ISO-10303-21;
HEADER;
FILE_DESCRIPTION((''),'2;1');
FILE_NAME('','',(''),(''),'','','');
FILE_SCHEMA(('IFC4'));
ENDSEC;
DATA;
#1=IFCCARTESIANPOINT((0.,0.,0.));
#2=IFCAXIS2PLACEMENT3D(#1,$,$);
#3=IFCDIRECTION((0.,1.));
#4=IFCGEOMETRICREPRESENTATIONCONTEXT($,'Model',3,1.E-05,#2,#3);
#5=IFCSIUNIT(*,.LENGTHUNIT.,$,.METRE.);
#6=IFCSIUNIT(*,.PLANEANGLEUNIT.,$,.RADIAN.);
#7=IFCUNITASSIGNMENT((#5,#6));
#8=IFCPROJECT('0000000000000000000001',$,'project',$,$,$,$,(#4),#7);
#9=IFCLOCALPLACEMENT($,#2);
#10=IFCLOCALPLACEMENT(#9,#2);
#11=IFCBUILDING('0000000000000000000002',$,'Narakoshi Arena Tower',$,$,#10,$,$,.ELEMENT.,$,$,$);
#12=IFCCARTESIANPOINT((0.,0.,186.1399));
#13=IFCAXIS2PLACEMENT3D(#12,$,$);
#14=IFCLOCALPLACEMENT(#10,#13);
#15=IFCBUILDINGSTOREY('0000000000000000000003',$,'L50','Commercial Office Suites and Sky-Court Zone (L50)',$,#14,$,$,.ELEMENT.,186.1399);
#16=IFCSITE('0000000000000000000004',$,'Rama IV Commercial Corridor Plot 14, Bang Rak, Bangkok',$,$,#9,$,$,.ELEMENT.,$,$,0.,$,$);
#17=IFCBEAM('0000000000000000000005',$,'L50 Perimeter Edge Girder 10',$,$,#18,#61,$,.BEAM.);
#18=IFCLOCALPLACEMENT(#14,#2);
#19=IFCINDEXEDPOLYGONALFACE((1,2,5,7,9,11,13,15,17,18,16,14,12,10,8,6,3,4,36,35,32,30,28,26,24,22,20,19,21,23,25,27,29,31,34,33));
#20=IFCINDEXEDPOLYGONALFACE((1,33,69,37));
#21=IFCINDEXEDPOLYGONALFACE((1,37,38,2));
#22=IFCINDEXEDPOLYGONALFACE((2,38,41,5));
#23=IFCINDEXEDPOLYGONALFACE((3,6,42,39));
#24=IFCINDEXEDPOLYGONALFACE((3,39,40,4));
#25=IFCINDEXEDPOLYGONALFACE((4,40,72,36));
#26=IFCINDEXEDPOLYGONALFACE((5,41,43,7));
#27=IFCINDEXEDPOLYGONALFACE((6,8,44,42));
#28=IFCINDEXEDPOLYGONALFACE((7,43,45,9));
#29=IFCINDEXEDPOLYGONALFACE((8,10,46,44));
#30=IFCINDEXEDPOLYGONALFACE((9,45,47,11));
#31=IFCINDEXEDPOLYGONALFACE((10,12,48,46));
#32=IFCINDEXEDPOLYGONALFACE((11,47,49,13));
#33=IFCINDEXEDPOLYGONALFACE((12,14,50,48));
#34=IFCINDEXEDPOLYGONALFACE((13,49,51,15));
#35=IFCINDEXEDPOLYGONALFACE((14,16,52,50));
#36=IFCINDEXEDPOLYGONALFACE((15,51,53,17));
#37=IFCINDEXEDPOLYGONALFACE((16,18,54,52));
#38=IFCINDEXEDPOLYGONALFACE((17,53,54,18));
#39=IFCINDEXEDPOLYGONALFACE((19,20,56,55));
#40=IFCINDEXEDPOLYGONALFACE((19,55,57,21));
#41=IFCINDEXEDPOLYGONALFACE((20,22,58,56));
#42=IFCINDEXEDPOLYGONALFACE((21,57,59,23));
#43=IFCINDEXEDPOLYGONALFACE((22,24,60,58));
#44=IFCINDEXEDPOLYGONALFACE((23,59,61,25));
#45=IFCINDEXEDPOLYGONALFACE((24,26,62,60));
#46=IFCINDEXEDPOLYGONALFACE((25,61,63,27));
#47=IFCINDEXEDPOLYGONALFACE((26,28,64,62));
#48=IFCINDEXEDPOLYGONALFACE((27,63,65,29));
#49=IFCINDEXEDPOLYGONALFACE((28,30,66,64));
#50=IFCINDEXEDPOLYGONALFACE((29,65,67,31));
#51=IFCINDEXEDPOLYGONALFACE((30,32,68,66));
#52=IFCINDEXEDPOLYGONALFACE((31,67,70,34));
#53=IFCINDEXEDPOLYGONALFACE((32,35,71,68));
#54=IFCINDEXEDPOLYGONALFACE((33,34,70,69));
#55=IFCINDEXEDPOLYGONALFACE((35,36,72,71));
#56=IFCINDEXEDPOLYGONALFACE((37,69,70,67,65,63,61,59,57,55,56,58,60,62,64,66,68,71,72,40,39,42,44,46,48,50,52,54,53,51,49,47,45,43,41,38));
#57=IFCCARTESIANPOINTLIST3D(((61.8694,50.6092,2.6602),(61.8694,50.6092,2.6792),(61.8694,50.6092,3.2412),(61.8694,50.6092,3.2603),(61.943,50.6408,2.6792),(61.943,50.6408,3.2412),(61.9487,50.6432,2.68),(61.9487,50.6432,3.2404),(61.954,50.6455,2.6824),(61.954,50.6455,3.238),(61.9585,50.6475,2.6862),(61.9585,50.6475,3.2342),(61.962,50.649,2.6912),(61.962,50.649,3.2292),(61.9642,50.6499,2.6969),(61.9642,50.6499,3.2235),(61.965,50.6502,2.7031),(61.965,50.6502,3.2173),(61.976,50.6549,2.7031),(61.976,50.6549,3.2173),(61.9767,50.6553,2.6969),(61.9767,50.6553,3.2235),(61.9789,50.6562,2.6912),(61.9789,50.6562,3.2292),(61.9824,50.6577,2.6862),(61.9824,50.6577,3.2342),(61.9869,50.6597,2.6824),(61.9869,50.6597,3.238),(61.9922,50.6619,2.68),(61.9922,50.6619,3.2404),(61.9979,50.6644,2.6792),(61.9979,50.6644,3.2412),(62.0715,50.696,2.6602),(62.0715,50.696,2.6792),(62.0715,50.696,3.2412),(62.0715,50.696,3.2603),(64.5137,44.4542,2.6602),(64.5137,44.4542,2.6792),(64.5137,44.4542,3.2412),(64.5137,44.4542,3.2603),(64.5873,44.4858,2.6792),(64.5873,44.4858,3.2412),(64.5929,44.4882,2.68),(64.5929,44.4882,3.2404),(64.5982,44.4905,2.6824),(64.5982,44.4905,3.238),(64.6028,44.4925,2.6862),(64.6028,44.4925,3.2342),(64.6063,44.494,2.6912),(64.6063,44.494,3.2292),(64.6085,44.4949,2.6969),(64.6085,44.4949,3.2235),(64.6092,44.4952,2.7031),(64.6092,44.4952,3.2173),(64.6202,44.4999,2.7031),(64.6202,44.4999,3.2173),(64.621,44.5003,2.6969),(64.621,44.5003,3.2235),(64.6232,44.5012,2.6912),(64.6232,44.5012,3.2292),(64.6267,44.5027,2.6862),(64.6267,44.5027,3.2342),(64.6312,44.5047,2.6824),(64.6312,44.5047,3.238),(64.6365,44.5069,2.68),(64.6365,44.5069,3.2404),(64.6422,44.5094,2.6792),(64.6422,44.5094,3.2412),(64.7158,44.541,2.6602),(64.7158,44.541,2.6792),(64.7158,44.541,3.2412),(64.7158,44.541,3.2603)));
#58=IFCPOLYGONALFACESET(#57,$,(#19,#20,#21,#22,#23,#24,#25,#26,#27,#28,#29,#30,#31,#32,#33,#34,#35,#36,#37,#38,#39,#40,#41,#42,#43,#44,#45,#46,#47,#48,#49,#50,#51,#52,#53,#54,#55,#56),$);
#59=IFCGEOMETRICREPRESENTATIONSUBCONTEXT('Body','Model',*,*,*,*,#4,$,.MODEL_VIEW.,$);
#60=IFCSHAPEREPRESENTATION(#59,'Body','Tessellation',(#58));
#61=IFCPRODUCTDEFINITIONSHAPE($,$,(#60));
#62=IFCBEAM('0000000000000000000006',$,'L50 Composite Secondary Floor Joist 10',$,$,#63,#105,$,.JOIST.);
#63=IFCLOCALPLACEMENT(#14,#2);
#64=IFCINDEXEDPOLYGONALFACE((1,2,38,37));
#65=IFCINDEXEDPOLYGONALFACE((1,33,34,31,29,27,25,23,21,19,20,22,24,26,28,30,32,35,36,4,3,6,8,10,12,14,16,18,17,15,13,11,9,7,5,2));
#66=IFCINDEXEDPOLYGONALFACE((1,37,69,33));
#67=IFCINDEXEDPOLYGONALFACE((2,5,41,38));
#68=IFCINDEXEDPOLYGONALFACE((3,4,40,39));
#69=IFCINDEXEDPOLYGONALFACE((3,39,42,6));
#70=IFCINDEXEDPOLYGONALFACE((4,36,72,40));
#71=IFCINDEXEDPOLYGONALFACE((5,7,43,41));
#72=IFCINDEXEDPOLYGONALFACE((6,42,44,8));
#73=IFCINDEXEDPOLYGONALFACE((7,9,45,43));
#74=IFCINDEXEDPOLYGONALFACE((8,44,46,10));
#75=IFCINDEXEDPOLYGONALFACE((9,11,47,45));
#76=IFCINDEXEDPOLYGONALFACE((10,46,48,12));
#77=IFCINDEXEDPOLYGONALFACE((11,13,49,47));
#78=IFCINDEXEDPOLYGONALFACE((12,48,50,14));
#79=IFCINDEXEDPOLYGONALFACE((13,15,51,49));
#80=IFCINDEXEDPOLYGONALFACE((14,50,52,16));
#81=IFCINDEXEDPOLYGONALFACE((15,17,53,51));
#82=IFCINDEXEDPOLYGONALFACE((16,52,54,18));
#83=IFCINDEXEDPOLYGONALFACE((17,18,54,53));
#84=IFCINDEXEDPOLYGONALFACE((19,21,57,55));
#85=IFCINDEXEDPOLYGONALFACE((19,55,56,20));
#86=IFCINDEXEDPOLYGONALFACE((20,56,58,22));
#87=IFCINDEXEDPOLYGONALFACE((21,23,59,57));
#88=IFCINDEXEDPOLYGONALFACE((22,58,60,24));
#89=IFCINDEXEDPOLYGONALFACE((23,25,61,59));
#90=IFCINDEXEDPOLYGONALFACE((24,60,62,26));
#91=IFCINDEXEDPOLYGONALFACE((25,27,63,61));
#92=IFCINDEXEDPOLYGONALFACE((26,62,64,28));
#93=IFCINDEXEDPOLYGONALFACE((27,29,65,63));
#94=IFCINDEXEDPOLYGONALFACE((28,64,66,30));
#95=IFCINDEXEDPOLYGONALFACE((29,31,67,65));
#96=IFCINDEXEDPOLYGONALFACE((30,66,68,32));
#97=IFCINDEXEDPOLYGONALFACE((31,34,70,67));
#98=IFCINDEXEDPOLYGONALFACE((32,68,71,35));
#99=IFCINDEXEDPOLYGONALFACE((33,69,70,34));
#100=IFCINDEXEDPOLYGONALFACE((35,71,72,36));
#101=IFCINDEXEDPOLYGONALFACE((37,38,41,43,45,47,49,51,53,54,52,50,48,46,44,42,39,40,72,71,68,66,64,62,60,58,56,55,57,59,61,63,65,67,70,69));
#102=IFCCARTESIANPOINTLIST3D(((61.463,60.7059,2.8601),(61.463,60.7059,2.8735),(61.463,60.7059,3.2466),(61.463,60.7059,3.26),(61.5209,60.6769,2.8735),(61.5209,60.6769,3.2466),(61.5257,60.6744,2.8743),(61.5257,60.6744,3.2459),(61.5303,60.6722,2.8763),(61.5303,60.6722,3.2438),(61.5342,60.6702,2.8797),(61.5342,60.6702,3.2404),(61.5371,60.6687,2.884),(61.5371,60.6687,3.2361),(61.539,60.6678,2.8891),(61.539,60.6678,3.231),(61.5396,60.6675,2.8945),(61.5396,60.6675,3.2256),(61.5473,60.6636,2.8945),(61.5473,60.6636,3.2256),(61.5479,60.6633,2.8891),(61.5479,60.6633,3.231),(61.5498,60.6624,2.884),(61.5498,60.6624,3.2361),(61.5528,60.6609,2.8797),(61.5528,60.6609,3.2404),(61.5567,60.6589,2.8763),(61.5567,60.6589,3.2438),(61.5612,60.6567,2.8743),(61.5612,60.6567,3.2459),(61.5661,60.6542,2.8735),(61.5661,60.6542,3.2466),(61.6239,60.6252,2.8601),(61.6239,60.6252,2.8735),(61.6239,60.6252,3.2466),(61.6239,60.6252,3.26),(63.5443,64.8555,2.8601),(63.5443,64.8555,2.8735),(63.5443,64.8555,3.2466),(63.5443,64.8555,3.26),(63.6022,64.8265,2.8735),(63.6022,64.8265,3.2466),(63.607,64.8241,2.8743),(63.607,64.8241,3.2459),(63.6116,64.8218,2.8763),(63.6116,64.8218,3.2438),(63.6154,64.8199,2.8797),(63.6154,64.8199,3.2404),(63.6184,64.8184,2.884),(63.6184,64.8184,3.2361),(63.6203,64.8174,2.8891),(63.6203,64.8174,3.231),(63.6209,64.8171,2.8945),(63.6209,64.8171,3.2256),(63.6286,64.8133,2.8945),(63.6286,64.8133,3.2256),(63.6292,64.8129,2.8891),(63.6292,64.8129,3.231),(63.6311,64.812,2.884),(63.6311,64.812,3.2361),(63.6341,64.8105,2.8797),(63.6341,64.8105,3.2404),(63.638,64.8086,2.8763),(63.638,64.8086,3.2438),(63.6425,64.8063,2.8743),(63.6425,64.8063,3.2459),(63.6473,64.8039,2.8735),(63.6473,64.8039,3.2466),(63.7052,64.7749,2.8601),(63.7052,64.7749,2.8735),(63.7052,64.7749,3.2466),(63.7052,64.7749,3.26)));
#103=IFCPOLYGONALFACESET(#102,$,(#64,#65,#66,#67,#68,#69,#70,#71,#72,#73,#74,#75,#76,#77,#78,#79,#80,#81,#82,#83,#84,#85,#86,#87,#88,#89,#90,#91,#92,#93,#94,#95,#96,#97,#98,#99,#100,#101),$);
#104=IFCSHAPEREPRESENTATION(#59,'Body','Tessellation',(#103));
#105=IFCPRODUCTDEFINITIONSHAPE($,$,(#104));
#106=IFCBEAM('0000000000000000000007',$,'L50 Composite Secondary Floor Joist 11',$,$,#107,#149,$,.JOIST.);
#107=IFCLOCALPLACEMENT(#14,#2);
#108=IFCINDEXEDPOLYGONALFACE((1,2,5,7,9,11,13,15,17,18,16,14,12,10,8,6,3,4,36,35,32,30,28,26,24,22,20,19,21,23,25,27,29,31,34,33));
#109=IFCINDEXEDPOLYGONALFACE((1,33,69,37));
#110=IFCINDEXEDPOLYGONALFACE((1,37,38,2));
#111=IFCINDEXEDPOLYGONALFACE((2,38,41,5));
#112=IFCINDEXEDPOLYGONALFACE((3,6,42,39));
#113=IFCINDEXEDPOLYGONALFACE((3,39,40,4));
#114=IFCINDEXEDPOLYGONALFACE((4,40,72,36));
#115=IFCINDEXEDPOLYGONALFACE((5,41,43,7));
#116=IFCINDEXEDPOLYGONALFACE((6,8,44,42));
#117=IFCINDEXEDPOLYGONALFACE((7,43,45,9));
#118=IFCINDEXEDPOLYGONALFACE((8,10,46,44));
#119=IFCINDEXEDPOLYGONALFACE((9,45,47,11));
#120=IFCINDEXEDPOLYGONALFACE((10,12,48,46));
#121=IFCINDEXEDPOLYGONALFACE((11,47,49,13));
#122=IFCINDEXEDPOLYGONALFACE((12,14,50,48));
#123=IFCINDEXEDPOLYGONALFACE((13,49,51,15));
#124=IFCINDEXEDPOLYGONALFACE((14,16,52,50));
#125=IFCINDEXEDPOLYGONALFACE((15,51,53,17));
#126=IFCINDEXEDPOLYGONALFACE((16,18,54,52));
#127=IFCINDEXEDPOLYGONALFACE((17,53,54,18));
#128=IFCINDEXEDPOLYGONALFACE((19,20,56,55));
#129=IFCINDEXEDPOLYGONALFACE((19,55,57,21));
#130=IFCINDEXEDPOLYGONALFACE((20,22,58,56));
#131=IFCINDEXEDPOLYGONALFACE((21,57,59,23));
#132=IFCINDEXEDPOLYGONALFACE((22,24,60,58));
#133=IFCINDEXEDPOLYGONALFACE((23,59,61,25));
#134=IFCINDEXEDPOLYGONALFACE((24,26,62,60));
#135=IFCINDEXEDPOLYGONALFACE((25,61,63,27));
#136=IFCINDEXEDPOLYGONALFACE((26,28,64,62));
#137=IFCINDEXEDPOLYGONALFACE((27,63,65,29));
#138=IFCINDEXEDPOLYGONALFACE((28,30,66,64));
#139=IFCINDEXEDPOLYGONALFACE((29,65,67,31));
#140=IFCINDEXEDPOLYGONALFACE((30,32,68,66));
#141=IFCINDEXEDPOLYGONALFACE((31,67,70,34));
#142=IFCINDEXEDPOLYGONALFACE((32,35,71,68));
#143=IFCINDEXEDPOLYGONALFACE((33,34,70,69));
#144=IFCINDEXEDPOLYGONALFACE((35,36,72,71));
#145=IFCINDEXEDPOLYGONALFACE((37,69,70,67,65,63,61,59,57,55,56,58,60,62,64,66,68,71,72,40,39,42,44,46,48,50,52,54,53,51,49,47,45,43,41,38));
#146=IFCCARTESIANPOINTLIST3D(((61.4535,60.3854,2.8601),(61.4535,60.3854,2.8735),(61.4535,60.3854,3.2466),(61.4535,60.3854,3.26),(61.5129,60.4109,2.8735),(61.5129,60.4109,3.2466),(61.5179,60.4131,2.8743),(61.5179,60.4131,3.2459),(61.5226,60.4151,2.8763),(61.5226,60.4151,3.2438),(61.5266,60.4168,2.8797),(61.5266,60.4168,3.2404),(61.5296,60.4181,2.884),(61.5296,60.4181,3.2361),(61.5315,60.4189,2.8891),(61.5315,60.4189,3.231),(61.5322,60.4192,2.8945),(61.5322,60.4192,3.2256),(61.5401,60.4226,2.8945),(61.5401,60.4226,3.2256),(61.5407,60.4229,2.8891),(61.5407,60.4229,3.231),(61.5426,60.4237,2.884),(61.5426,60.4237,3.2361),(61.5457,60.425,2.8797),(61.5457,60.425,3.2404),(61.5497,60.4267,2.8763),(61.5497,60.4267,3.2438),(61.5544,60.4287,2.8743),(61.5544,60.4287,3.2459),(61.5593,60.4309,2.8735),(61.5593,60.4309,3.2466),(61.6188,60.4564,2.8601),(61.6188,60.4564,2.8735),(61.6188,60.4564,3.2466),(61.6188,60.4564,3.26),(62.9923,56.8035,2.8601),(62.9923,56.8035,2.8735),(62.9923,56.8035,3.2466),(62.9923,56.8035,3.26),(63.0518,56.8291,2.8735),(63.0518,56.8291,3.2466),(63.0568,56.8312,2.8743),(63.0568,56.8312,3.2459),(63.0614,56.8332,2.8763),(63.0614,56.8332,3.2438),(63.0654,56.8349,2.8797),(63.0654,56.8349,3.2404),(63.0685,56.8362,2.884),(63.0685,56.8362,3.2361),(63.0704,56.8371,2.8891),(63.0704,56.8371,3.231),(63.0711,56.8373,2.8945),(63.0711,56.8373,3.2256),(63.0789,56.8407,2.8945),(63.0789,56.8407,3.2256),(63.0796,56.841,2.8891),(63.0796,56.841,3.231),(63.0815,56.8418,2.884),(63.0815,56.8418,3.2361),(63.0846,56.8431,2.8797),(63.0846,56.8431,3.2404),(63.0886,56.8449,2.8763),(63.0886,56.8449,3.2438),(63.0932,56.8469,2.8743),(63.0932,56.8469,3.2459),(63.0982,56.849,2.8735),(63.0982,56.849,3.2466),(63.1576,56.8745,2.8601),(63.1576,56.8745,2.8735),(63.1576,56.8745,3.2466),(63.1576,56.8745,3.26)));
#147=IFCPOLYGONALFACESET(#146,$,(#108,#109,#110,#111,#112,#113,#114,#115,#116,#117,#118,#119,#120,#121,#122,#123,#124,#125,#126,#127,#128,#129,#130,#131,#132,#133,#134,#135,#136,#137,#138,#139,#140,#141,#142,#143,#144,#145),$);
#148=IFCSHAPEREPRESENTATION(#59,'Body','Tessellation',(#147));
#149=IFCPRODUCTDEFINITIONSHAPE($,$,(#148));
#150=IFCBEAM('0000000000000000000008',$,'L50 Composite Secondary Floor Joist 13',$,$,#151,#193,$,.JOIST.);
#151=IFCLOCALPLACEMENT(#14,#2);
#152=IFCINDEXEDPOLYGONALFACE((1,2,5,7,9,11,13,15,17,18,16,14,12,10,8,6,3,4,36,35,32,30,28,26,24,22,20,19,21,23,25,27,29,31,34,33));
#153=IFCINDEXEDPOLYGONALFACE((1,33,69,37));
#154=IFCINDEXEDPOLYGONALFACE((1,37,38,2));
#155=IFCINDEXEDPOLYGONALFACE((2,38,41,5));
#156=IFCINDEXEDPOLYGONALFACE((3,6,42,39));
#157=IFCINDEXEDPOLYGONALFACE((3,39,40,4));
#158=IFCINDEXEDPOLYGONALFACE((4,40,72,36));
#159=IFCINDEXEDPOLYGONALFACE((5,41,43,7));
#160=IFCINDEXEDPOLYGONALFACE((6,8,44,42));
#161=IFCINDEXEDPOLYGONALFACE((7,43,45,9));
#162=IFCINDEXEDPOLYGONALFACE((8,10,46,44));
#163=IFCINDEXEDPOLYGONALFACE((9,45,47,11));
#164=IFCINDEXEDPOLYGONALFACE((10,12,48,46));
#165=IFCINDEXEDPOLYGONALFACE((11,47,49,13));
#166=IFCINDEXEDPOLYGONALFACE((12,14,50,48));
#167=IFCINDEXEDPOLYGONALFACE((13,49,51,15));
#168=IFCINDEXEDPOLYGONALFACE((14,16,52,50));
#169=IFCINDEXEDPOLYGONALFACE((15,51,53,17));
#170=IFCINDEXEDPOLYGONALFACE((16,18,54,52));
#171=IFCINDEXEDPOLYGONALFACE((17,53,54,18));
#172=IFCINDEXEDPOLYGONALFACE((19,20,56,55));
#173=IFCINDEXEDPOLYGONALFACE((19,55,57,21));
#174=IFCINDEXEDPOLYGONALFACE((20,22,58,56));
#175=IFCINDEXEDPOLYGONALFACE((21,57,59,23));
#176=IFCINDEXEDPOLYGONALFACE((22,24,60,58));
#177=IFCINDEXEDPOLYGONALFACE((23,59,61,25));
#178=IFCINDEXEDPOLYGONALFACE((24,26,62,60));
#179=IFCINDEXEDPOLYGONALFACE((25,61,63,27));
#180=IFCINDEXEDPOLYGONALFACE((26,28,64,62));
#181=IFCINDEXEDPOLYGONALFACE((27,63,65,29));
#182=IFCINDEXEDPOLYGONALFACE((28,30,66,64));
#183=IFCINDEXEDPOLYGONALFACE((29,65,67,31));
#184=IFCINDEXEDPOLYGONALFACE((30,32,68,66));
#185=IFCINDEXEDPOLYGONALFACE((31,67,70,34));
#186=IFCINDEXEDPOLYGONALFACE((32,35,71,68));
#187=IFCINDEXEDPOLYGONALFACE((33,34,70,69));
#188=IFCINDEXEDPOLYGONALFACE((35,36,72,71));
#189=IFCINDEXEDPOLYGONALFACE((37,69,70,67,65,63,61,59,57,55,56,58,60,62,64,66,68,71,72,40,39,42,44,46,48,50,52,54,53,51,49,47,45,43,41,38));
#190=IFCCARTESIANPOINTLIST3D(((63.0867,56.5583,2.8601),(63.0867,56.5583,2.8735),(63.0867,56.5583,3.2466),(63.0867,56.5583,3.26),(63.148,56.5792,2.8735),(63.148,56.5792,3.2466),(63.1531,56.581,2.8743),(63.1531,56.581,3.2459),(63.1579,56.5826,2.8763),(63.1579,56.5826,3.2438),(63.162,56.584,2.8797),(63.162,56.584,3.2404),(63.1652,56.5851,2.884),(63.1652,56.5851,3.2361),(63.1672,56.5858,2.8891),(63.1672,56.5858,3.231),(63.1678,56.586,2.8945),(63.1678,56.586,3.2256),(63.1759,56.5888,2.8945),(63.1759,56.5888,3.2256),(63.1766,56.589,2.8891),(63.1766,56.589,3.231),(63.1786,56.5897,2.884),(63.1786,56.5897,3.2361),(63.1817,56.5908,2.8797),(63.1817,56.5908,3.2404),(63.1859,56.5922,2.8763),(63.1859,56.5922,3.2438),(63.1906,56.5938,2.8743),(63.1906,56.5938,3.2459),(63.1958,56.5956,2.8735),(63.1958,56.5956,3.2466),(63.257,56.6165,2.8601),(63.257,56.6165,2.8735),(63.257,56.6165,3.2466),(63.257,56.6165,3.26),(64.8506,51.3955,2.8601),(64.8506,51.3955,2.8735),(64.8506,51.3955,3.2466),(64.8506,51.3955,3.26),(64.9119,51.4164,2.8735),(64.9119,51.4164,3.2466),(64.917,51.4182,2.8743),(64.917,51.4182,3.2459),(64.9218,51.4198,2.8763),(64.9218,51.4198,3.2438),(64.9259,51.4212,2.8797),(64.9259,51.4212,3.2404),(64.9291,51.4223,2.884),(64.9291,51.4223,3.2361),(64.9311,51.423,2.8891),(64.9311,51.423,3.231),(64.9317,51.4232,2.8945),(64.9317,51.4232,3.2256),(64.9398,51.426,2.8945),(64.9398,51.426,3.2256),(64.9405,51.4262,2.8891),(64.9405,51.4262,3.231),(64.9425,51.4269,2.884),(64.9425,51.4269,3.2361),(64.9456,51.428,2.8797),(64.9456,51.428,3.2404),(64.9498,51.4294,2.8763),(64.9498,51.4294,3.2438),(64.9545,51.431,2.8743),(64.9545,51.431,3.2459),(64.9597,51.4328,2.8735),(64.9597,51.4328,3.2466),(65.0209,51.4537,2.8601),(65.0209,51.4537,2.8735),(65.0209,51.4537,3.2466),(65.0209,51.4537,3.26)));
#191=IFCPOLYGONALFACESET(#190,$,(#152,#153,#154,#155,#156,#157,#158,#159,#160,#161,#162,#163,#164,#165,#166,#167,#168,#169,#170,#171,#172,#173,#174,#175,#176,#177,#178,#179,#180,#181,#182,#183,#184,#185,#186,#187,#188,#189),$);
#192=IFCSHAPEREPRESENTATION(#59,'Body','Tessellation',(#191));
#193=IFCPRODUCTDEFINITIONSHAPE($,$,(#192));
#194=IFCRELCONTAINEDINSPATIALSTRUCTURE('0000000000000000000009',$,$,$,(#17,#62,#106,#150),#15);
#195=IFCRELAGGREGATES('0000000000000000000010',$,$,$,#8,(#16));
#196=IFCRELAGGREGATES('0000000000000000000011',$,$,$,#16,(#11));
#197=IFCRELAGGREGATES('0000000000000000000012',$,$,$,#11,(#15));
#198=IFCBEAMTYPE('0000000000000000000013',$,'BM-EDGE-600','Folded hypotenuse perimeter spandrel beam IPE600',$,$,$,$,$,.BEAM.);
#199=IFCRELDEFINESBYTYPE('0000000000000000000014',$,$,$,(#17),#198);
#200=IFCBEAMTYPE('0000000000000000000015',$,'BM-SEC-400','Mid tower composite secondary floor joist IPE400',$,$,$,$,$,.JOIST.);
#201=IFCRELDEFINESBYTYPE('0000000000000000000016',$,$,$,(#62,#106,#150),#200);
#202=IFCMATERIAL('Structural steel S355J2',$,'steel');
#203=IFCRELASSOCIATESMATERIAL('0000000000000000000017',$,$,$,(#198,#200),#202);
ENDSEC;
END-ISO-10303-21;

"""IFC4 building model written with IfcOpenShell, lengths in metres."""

from ifc_helpers import new_model, si_unit, direction, frame, origin, origin_2d, place, context, subcontext, project, spatial, i_section, extrude, material, material_profile, profile_set, type_object, element, save


model = new_model("IFC4")

# Units and contexts
model_context = context("Model", 3, precision=1e-05, world=origin(), true_north=direction((0.0, 1.0)))
body_context = subcontext(model_context, "Body", "Model", "MODEL_VIEW")
ifc_project = project(units=[si_unit("LENGTHUNIT", "METRE"), si_unit("PLANEANGLEUNIT", "RADIAN")], contexts=[model_context])

# Site, building, storey
site_placement = place(None, origin())
site = spatial("IfcSite", under=ifc_project, at=site_placement, Name="Rama IV Commercial Corridor Plot 14, Bang Rak, Bangkok", CompositionType="ELEMENT", RefElevation=0.0)
building_placement = place(site_placement, origin())
building = spatial("IfcBuilding", under=site, at=building_placement, Name="Narakoshi Arena Tower", CompositionType="ELEMENT")
storey_placement = place(building_placement, frame((0.0, 0.0, 186.1399)))
storey = spatial("IfcBuildingStorey", under=building, at=storey_placement, Name="L50", Description="Commercial Office Suites and Sky-Court Zone (L50)", CompositionType="ELEMENT", Elevation=186.1399)

# Beams
ifc_material_1 = material(Name="Structural steel S355J2", Category="steel")
ifc_material_profile_1 = material_profile(ifc_material_1, i_section(OverallWidth=0.22, OverallDepth=0.6001, WebThickness=0.012, FlangeThickness=0.019, FilletRadius=0.0239, at=origin_2d()), Name="IPE600")
ifc_profile_set_1 = profile_set([ifc_material_profile_1], Name="Structural steel S355J2")
beam_type_1 = type_object("IfcBeamType", Name="BM-EDGE-600", Description="Folded hypotenuse perimeter spandrel beam IPE600", PredefinedType="BEAM", material=ifc_profile_set_1)
beam_1_placement = place(storey_placement, frame((61.9705, 50.6526, 2.9602), z_axis=(0.394728, -0.918798, 0.0), x_axis=(0.918798, 0.394728, 0.0)))
element("IfcBeam", 1, at=beam_1_placement, inside=storey, type_object=beam_type_1, Name="L50 Perimeter Edge Girder 10", PredefinedType="BEAM", context=body_context, shape_type="SweptSolid", body=[
    extrude(i_section(OverallWidth=0.22, OverallDepth=0.6001, WebThickness=0.012, FlangeThickness=0.019, FilletRadius=0.0239, at=origin_2d()), origin(), (0.0, 0.0, 1.0), 6.699),
])
ifc_material_profile_2 = material_profile(ifc_material_1, i_section(OverallWidth=0.1799, OverallDepth=0.3999, WebThickness=0.0085, FlangeThickness=0.0134, FilletRadius=0.021, at=origin_2d()), Name="IPE400")
ifc_profile_set_2 = profile_set([ifc_material_profile_2], Name="Structural steel S355J2")
beam_type_2 = type_object("IfcBeamType", Name="BM-SEC-400", Description="Mid tower composite secondary floor joist IPE400", PredefinedType="JOIST", material=ifc_profile_set_2)
beam_2_placement = place(storey_placement, frame((63.6248, 64.8152, 3.0601), z_axis=(-0.448328, -0.893869, 0.0), x_axis=(0.893869, -0.448328, 0.0)))
element("IfcBeam", 2, at=beam_2_placement, inside=storey, type_object=beam_type_2, Name="L50 Composite Secondary Floor Joist 10", PredefinedType="JOIST", context=body_context, shape_type="SweptSolid", body=[
    extrude(i_section(OverallWidth=0.1799, OverallDepth=0.3999, WebThickness=0.0085, FlangeThickness=0.0134, FilletRadius=0.021, at=origin_2d()), origin(), (0.0, 0.0, 1.0), 4.6423),
])
beam_3_placement = place(storey_placement, frame((61.5361, 60.4209, 3.0601), z_axis=(0.394735, -0.918795, 0.0), x_axis=(0.918795, 0.394735, 0.0)))
element("IfcBeam", 3, at=beam_3_placement, inside=storey, type_object=beam_type_2, Name="L50 Composite Secondary Floor Joist 11", PredefinedType="JOIST", context=body_context, shape_type="SweptSolid", body=[
    extrude(i_section(OverallWidth=0.1799, OverallDepth=0.3999, WebThickness=0.0085, FlangeThickness=0.0134, FilletRadius=0.021, at=origin_2d()), origin(), (0.0, 0.0, 1.0), 3.8984),
])
beam_4_placement = place(storey_placement, frame((63.1719, 56.5874, 3.0601), z_axis=(0.323307, -0.946294, 0.0), x_axis=(0.946294, 0.323307, 0.0)))
element("IfcBeam", 4, at=beam_4_placement, inside=storey, type_object=beam_type_2, Name="L50 Composite Secondary Floor Joist 13", PredefinedType="JOIST", context=body_context, shape_type="SweptSolid", body=[
    extrude(i_section(OverallWidth=0.1799, OverallDepth=0.3999, WebThickness=0.0085, FlangeThickness=0.0134, FilletRadius=0.021, at=origin_2d()), origin(), (0.0, 0.0, 1.0), 5.4558),
])

save(model, "model.ifc")
